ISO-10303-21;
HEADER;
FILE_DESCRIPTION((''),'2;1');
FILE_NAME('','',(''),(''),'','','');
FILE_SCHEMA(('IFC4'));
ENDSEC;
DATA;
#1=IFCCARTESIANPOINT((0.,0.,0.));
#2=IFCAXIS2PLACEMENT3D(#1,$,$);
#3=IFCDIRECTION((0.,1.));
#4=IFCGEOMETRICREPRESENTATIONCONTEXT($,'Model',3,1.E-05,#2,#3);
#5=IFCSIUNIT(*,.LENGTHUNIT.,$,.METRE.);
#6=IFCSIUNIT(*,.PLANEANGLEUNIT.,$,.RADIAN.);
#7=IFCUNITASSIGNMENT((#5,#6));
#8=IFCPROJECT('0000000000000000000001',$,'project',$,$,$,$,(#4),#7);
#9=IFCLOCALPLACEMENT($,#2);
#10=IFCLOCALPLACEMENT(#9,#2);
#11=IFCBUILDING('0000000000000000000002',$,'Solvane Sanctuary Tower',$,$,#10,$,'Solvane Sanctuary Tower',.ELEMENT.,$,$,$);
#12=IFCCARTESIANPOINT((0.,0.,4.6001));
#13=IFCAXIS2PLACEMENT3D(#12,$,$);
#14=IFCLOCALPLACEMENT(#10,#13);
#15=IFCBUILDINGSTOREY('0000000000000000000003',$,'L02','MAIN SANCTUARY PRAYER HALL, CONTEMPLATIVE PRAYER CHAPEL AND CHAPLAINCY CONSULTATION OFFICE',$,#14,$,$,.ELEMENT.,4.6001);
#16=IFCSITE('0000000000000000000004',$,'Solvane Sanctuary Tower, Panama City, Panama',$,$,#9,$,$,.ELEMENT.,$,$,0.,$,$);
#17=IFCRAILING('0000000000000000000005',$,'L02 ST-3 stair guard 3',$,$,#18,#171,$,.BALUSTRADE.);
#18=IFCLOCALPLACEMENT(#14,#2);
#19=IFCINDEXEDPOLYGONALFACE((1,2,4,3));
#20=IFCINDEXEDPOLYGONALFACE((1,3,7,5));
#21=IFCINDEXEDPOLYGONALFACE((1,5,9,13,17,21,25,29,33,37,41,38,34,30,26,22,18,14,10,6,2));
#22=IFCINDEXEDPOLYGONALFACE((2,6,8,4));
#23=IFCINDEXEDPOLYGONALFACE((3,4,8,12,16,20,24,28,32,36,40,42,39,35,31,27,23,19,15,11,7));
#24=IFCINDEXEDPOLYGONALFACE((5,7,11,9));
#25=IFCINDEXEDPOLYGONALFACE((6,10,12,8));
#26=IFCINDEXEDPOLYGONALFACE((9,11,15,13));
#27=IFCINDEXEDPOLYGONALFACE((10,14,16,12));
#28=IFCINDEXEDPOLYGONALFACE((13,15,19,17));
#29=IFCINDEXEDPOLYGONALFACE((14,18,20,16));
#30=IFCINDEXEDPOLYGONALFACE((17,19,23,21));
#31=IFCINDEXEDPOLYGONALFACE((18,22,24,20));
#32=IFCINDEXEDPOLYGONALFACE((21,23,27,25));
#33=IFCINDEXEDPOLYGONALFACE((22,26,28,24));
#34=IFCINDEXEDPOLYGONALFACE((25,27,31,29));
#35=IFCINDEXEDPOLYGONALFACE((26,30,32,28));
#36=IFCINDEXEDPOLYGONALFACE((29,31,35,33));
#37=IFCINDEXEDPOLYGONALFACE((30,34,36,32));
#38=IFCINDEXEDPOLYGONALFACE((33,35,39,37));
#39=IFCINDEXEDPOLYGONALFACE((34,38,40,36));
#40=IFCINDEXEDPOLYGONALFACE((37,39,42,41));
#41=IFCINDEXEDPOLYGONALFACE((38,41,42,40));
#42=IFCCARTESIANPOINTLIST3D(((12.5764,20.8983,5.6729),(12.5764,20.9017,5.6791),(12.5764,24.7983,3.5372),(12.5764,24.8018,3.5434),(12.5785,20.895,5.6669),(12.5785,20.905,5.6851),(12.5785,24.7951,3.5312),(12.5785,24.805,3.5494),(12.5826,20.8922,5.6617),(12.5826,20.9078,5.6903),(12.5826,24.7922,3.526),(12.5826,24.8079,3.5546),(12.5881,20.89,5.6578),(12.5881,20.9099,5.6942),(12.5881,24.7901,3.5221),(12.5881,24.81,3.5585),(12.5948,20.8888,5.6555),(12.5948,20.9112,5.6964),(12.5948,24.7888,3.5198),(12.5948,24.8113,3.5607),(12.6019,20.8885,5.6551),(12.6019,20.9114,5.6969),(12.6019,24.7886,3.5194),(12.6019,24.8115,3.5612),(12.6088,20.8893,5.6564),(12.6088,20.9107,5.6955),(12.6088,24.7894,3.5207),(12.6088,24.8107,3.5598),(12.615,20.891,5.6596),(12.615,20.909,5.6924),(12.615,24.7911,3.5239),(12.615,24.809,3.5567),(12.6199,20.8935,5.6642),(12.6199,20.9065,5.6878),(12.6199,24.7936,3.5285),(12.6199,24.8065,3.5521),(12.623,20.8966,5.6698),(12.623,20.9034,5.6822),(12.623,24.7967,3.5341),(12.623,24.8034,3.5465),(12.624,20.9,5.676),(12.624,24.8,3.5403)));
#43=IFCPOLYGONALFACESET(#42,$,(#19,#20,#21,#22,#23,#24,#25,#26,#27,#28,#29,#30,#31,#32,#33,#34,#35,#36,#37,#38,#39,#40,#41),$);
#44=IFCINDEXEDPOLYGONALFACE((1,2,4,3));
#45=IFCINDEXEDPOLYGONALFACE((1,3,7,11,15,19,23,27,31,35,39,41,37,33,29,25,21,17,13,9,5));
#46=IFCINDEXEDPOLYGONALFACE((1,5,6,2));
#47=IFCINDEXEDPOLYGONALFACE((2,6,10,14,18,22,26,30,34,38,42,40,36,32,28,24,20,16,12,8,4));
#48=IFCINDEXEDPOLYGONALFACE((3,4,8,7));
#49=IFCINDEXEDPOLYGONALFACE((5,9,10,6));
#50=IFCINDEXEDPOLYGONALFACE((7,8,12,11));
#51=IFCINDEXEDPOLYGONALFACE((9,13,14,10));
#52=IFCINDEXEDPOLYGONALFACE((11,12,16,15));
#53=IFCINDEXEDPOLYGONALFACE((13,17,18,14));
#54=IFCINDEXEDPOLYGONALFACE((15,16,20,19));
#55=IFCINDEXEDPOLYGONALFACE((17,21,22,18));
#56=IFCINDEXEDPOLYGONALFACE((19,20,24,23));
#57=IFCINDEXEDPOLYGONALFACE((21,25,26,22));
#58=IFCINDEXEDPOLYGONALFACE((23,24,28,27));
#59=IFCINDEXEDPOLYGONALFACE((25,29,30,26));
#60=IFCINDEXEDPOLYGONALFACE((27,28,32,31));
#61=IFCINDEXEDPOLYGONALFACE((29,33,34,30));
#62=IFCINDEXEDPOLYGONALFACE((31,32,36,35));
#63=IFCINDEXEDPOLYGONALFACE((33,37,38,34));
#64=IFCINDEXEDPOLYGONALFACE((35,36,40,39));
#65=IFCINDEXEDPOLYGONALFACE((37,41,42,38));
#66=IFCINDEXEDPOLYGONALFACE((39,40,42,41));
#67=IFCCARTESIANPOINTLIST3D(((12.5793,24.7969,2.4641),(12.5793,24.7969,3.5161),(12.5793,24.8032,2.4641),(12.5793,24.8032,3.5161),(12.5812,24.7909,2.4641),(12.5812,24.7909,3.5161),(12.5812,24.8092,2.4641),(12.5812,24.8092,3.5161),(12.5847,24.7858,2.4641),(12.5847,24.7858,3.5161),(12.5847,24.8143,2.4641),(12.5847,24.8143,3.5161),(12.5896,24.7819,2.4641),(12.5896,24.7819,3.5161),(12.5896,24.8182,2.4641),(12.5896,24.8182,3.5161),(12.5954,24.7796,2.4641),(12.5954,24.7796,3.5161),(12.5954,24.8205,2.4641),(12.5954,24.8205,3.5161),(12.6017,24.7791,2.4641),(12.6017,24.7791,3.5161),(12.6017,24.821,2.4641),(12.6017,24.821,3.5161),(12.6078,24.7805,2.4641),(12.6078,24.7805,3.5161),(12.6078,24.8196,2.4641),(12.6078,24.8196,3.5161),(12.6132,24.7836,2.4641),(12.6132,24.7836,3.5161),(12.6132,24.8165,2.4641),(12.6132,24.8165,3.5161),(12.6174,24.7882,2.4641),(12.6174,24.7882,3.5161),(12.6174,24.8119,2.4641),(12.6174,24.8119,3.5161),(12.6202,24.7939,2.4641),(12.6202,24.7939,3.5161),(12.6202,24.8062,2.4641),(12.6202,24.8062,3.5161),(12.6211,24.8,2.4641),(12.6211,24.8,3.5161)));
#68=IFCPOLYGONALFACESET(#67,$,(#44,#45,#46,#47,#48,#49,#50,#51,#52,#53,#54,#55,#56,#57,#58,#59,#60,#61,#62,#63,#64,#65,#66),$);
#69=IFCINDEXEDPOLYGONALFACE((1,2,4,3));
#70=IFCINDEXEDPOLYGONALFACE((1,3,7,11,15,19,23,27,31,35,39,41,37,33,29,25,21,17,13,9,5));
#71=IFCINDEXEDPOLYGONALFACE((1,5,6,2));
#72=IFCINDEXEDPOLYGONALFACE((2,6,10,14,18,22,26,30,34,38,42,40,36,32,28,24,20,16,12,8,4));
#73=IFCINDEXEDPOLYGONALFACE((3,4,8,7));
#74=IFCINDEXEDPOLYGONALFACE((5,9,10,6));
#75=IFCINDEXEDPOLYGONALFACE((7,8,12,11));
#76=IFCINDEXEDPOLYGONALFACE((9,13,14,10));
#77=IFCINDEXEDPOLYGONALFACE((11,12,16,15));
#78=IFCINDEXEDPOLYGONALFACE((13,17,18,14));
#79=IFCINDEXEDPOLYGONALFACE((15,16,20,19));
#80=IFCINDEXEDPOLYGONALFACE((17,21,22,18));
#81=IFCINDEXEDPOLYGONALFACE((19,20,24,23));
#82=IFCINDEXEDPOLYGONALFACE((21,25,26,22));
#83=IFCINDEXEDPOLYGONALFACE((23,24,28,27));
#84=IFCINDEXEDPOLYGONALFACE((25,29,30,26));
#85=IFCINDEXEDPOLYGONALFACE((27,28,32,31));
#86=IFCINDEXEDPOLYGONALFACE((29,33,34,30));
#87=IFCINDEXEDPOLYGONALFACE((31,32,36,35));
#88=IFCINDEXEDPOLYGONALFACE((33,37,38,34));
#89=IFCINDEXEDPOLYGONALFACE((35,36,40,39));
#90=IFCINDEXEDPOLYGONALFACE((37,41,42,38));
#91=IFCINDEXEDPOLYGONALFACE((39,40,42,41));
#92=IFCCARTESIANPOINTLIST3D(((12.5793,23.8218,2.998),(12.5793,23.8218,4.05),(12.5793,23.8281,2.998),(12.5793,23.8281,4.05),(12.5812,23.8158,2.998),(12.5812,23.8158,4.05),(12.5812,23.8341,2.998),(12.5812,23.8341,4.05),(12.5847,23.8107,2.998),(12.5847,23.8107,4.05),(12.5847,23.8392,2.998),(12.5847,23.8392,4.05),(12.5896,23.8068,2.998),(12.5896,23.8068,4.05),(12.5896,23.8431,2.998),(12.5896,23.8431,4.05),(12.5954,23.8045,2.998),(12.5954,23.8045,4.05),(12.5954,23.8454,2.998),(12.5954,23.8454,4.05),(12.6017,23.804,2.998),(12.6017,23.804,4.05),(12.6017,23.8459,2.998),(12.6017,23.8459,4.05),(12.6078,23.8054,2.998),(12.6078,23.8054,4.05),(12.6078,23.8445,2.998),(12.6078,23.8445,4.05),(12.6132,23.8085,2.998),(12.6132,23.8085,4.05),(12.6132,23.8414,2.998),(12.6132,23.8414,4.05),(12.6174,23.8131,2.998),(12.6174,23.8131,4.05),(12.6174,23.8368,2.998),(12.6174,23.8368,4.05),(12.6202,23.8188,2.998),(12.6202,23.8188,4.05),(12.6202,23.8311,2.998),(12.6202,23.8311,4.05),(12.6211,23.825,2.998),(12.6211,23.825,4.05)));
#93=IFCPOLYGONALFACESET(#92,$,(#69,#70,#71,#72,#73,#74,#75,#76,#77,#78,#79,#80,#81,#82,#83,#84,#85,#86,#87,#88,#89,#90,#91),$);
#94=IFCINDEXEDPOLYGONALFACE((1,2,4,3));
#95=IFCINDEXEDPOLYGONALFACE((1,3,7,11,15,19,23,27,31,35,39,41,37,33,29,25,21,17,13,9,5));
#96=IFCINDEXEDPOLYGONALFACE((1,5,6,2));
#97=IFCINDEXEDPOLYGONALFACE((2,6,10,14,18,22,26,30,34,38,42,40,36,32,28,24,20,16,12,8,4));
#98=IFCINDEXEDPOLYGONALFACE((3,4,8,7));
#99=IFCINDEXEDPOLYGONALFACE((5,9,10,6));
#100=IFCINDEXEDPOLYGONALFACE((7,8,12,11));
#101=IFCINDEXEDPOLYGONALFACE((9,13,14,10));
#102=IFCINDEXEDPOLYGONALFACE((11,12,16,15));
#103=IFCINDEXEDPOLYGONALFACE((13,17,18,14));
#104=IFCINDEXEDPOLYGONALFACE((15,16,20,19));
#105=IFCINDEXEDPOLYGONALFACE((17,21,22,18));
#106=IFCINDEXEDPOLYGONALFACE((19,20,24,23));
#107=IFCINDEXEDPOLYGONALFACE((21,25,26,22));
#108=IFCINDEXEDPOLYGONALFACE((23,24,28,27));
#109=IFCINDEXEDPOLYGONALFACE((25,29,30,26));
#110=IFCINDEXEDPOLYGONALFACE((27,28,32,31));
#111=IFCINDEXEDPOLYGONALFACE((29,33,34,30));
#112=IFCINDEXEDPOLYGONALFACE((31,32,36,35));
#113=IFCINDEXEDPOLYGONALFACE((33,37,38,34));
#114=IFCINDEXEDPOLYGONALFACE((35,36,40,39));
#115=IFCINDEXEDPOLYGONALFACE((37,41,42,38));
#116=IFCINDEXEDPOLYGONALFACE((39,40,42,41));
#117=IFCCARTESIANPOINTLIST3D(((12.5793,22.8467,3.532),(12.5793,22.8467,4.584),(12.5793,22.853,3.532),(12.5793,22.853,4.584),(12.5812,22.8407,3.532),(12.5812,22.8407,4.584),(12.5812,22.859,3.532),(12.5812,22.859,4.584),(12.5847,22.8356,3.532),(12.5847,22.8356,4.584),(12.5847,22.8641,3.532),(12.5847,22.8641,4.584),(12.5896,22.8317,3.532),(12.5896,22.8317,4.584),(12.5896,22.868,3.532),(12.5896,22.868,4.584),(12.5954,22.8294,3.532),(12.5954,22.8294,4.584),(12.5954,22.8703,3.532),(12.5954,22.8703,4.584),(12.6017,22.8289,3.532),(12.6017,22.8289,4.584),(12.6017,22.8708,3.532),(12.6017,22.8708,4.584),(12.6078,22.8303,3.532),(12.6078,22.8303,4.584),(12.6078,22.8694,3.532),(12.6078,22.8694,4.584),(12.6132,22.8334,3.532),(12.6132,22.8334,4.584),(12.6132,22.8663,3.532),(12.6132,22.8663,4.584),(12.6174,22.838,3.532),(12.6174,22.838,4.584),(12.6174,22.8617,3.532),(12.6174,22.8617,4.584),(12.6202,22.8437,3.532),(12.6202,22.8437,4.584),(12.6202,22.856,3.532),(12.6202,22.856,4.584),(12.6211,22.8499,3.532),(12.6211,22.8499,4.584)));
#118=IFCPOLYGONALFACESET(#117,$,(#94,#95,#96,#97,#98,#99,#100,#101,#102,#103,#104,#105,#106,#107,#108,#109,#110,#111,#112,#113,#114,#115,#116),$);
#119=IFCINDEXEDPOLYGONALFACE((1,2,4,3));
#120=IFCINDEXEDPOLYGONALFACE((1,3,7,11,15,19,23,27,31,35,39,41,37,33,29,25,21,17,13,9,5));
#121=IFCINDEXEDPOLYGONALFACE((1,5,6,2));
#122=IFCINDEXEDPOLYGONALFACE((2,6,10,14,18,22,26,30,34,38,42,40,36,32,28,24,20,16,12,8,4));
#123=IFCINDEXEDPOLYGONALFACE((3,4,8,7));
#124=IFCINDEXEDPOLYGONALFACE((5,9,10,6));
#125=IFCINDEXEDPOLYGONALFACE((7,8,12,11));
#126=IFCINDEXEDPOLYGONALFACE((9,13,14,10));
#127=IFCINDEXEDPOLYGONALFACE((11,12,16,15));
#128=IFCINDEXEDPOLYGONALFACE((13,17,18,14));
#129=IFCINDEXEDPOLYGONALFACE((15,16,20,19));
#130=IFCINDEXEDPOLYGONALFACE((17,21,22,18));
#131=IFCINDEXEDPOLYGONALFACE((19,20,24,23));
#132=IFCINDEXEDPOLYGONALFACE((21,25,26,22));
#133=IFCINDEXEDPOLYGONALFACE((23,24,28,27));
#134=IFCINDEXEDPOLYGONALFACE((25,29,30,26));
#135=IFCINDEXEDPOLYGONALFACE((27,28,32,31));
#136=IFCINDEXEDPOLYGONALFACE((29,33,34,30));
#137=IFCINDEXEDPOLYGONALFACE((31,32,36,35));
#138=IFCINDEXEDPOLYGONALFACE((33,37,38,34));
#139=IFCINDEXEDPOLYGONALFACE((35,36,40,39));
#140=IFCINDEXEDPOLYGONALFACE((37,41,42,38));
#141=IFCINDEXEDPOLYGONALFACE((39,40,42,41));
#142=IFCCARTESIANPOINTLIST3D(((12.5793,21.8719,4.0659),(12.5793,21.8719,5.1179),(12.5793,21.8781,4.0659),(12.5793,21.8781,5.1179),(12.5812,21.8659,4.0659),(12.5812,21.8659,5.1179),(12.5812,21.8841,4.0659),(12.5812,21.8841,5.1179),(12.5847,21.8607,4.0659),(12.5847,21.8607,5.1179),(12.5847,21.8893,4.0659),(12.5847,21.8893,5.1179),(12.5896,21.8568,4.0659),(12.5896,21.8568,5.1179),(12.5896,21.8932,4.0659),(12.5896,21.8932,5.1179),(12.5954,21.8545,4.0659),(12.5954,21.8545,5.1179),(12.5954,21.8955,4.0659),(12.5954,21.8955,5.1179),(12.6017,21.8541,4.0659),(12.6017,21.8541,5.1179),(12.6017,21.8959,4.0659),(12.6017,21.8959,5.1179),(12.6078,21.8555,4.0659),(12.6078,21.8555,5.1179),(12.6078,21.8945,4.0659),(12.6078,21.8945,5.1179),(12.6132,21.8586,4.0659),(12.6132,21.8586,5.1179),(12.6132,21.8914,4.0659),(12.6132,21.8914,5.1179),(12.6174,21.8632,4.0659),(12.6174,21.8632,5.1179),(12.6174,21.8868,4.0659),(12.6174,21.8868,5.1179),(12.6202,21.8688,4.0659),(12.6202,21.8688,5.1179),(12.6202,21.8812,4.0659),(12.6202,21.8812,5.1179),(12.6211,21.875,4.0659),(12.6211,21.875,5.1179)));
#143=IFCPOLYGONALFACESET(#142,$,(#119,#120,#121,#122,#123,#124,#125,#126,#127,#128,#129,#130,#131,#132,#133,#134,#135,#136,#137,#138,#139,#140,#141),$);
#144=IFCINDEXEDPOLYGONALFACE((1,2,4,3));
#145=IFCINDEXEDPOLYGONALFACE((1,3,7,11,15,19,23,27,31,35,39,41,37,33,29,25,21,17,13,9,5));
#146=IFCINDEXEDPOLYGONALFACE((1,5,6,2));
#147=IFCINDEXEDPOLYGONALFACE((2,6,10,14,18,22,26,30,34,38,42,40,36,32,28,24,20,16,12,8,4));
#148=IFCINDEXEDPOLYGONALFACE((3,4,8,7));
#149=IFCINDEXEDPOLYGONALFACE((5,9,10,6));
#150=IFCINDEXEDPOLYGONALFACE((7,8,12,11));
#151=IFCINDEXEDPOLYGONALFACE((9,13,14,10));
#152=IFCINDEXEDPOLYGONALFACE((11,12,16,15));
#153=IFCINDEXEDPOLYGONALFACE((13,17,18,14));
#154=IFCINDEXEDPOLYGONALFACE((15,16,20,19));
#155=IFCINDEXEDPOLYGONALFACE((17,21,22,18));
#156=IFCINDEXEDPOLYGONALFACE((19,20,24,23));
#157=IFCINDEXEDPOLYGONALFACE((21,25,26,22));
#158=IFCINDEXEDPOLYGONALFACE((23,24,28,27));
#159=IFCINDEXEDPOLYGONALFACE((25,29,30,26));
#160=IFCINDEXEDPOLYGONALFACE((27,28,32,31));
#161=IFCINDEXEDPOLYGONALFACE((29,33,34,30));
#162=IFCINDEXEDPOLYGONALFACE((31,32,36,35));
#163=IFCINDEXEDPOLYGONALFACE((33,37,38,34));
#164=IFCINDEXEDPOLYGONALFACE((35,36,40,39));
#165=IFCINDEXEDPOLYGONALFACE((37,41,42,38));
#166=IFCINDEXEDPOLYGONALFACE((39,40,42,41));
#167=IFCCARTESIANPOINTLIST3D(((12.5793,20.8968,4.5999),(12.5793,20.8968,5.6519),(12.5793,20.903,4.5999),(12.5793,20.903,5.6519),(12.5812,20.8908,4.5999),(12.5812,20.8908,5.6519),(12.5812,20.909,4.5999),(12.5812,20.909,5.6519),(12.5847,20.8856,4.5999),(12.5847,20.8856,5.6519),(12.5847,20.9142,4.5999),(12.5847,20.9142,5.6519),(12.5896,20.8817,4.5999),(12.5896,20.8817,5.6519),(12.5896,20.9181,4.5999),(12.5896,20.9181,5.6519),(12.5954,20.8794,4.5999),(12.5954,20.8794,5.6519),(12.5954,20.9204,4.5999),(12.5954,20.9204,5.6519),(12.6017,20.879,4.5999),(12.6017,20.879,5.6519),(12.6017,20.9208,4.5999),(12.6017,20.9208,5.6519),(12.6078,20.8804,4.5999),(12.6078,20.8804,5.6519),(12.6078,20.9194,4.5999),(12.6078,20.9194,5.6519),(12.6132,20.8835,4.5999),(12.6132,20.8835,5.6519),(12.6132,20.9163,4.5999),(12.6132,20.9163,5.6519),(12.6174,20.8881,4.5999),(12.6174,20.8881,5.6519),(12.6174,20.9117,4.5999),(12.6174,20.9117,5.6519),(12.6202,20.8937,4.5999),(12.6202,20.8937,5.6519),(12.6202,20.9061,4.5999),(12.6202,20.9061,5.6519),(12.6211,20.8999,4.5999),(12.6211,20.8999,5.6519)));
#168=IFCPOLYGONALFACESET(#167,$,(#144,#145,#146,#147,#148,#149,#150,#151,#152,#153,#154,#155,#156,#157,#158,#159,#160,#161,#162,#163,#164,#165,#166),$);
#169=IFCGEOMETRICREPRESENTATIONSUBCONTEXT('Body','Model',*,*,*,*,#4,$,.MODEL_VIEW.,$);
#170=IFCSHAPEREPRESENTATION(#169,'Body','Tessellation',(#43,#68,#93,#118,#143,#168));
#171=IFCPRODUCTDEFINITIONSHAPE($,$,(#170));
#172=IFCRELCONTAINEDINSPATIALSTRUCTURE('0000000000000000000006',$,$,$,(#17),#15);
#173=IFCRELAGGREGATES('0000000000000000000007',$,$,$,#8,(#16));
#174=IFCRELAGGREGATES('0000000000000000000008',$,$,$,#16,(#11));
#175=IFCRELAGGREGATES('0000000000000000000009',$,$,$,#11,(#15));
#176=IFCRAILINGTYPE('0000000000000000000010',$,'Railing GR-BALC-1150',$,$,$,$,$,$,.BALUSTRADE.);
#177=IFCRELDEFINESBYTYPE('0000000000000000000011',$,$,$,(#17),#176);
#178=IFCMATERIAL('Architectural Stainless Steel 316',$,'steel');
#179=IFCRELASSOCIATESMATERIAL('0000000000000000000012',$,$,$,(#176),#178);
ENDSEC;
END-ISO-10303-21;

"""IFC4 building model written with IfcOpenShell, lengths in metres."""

from ifc_helpers import new_model, si_unit, direction, frame, origin, origin_2d, place, context, subcontext, project, spatial, circle, extrude, material, type_object, element, save


model = new_model("IFC4")

# Units and contexts
model_context = context("Model", 3, precision=1e-05, world=origin(), true_north=direction((0.0, 1.0)))
body_context = subcontext(model_context, "Body", "Model", "MODEL_VIEW")
ifc_project = project(units=[si_unit("LENGTHUNIT", "METRE"), si_unit("PLANEANGLEUNIT", "RADIAN")], contexts=[model_context])

# Site, building, storey
site_placement = place(None, origin())
site = spatial("IfcSite", under=ifc_project, at=site_placement, Name="Solvane Sanctuary Tower, Panama City, Panama", CompositionType="ELEMENT", RefElevation=0.0)
building_placement = place(site_placement, origin())
building = spatial("IfcBuilding", under=site, at=building_placement, Name="Solvane Sanctuary Tower", LongName="Solvane Sanctuary Tower", CompositionType="ELEMENT")
storey_placement = place(building_placement, frame((0.0, 0.0, 4.6001)))
storey = spatial("IfcBuildingStorey", under=building, at=storey_placement, Name="L02", Description="MAIN SANCTUARY PRAYER HALL, CONTEMPLATIVE PRAYER CHAPEL AND CHAPLAINCY CONSULTATION OFFICE", CompositionType="ELEMENT", Elevation=4.6001)

# Shared definitions
ifc_material_1 = material(Name="Architectural Stainless Steel 316", Category="steel")

# Railing
railing_type_1 = type_object("IfcRailingType", Name="Railing GR-BALC-1150", PredefinedType="BALUSTRADE", material=ifc_material_1)
railing_1_placement = place(storey_placement, frame((12.6001, 24.8, 2.4641)))
element("IfcRailing", 1, at=railing_1_placement, inside=storey, type_object=railing_type_1, Name="L02 ST-3 stair guard 3", PredefinedType="BALUSTRADE", context=body_context, shape_type="SweptSolid", body=[
    extrude(circle(Radius=0.0239, at=origin_2d()), frame((0.0, 0.0, 1.0762), z_axis=(0.0, -0.877101, 0.480306), x_axis=(1.0, 0.0, 0.0)), (0.0, 0.0, 1.0), 4.4465),
    extrude(circle(Radius=0.021, at=origin_2d()), origin(), (0.0, 0.0, 1.0), 1.052),
    extrude(circle(Radius=0.021, at=origin_2d()), frame((0.0, -0.9751, 0.5339)), (0.0, 0.0, 1.0), 1.052),
    extrude(circle(Radius=0.021, at=origin_2d()), frame((0.0, -1.9502, 1.0679)), (0.0, 0.0, 1.0), 1.052),
    extrude(circle(Radius=0.021, at=origin_2d()), frame((0.0, -2.925, 1.6018)), (0.0, 0.0, 1.0), 1.052),
    extrude(circle(Radius=0.021, at=origin_2d()), frame((0.0, -3.9001, 2.1357)), (0.0, 0.0, 1.0), 1.052),
])

save(model, "model.ifc")
